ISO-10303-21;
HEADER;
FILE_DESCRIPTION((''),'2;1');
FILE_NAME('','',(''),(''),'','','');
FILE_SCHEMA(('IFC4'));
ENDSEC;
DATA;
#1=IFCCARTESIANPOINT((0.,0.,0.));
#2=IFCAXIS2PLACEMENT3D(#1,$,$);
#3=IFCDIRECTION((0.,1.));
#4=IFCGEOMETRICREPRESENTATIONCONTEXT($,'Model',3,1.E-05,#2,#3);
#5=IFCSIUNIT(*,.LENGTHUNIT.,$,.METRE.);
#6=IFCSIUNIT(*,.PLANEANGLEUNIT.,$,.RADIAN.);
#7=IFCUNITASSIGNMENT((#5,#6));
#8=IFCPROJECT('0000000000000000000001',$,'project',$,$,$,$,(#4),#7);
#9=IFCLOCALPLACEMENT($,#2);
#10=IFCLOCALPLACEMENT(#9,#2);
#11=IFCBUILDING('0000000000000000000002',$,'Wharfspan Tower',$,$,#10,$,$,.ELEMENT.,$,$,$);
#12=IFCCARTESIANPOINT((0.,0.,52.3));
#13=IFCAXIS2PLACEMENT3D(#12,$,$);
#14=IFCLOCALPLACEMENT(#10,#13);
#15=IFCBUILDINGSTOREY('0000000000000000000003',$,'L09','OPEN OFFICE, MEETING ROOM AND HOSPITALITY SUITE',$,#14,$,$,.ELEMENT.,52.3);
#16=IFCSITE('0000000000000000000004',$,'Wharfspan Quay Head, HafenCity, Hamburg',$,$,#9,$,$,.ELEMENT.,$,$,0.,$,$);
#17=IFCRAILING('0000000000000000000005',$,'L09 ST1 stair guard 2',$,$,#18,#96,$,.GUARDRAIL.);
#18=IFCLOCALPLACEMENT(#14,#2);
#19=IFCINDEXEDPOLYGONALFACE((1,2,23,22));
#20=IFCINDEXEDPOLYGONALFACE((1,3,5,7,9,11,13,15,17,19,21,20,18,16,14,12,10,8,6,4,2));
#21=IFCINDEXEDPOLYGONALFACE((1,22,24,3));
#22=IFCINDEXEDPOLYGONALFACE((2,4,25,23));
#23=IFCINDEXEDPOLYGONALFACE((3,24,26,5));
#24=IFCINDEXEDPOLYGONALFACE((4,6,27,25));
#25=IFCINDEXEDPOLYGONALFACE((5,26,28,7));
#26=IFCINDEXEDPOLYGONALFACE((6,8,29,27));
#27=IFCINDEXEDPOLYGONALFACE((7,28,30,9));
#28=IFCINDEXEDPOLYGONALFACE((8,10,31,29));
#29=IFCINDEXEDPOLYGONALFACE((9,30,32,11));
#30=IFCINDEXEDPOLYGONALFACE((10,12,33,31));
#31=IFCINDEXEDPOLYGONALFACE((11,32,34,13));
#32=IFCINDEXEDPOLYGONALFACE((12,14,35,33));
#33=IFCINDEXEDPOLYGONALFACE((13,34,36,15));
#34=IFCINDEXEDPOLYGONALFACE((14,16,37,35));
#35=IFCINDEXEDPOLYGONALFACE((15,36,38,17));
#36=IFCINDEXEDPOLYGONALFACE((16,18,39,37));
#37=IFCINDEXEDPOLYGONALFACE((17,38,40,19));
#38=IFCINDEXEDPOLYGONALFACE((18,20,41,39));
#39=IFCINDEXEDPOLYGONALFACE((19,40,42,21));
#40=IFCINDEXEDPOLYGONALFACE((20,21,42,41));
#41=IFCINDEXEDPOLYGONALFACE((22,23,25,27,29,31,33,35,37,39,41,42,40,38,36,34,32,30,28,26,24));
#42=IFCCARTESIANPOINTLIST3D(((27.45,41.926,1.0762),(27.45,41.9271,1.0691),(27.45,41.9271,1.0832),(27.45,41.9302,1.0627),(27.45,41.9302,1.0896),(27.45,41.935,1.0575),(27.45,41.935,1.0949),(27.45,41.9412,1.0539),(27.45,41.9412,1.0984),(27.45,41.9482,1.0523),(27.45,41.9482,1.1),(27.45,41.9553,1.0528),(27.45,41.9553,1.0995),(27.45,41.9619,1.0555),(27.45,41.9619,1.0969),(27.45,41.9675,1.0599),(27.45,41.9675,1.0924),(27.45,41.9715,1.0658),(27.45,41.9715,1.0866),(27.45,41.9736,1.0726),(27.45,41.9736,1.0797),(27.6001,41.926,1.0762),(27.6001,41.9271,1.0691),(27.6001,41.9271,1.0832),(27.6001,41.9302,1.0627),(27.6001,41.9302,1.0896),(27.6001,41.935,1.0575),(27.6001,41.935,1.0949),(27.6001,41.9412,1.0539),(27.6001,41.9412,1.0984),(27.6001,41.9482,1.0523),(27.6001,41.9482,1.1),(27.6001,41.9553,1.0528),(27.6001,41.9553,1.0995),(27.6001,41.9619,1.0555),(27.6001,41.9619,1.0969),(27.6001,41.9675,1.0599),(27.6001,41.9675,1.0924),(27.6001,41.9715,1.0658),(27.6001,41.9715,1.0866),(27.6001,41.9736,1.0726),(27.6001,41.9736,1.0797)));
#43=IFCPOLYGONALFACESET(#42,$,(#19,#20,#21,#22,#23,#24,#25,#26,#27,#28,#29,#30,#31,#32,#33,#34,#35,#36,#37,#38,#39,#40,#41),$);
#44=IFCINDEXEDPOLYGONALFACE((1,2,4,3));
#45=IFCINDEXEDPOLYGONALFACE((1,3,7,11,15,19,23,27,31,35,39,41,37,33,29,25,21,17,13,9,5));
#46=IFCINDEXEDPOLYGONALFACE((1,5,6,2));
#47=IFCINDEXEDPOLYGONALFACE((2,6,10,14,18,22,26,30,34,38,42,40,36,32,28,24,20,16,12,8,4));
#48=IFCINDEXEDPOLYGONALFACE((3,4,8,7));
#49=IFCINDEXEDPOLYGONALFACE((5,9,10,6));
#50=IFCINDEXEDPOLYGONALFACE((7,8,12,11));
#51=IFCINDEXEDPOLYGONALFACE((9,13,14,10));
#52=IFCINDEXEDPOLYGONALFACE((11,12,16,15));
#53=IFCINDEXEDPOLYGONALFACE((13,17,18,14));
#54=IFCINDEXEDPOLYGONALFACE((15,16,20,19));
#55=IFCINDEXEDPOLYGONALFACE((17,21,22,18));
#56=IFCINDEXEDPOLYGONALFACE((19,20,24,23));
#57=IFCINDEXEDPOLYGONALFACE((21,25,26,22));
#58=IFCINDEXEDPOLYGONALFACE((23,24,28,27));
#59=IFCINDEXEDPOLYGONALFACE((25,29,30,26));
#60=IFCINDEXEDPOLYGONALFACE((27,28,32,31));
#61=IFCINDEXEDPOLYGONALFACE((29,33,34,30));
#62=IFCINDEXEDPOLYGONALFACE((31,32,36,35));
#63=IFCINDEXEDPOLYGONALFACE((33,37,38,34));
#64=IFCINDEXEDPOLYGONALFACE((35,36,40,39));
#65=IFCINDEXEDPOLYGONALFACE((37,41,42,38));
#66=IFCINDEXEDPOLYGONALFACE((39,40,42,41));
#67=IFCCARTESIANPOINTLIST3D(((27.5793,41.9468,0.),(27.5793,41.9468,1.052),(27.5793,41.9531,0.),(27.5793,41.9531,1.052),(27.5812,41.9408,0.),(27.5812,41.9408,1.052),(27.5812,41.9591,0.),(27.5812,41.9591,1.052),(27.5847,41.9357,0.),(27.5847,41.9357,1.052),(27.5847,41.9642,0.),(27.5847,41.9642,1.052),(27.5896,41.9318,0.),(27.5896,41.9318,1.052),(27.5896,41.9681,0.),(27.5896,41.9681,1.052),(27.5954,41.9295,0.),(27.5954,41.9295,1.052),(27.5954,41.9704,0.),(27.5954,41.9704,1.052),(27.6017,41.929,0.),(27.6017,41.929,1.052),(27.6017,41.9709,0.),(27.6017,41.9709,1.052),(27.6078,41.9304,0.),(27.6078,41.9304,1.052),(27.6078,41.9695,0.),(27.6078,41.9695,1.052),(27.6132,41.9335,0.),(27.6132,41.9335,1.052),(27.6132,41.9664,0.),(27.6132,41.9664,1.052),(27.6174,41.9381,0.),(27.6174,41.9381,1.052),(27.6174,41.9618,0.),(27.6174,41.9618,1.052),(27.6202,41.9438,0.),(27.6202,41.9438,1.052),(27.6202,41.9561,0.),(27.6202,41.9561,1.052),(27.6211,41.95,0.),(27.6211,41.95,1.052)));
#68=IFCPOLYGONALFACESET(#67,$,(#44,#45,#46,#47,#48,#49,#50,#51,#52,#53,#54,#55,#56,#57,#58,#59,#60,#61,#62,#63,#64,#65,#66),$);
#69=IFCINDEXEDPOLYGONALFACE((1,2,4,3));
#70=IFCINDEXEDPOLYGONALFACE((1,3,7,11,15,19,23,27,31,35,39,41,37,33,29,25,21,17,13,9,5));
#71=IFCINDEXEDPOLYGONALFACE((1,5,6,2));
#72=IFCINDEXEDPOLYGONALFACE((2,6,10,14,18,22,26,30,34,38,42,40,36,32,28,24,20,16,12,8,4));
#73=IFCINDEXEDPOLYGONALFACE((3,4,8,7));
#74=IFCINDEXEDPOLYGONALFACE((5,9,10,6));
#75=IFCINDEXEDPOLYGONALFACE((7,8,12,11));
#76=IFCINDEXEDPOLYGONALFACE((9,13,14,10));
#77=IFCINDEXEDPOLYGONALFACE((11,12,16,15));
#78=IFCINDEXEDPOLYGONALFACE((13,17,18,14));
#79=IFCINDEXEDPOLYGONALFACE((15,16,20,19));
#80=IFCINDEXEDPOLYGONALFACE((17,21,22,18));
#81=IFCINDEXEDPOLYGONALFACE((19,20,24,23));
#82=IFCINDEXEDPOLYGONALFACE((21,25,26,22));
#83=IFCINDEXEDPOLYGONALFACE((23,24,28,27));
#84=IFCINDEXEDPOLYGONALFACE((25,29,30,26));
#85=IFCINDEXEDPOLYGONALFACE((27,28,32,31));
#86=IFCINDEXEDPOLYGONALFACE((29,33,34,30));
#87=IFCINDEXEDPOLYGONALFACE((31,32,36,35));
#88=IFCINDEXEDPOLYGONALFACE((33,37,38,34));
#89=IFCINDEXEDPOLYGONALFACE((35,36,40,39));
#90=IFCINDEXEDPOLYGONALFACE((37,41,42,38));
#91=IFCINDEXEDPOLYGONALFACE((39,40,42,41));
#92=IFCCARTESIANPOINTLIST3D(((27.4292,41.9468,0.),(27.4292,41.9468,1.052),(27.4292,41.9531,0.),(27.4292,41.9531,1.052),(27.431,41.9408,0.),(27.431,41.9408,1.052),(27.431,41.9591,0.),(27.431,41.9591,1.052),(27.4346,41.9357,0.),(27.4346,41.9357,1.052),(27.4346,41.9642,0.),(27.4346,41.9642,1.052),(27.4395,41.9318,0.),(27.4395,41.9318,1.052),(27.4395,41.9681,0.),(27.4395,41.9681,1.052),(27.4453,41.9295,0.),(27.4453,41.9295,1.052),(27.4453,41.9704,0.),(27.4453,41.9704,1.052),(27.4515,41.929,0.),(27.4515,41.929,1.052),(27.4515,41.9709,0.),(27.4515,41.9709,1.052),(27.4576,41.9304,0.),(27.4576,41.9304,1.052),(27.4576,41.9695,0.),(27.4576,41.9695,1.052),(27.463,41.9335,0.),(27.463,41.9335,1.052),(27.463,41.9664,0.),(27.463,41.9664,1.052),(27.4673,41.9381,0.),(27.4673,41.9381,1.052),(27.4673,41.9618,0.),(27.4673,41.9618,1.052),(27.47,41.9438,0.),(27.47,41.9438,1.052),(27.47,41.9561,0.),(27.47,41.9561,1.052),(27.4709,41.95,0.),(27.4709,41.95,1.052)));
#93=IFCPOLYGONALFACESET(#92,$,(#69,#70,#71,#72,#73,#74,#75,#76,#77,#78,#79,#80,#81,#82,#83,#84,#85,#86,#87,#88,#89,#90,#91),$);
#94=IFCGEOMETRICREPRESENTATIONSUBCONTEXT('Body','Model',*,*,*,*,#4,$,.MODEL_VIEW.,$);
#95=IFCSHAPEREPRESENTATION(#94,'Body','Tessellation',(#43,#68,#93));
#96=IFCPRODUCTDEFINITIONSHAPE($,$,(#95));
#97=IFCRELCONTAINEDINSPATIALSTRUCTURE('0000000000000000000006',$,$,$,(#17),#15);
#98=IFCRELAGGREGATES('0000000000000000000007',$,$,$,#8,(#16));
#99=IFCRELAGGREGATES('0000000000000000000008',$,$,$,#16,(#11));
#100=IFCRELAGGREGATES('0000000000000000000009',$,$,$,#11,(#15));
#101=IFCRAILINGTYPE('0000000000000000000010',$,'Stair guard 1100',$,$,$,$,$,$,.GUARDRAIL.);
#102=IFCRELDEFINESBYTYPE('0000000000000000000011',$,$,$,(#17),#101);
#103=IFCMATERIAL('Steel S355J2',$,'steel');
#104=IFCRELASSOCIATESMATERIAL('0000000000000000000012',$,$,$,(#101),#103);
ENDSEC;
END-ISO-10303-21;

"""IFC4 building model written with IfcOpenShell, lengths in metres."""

from ifc_helpers import new_model, si_unit, direction, frame, origin, origin_2d, place, context, subcontext, project, spatial, circle, extrude, material, type_object, element, save


model = new_model("IFC4")

# Units and contexts
model_context = context("Model", 3, precision=1e-05, world=origin(), true_north=direction((0.0, 1.0)))
body_context = subcontext(model_context, "Body", "Model", "MODEL_VIEW")
ifc_project = project(units=[si_unit("LENGTHUNIT", "METRE"), si_unit("PLANEANGLEUNIT", "RADIAN")], contexts=[model_context])

# Site, building, storey
site_placement = place(None, origin())
site = spatial("IfcSite", under=ifc_project, at=site_placement, Name="Wharfspan Quay Head, HafenCity, Hamburg", CompositionType="ELEMENT", RefElevation=0.0)
building_placement = place(site_placement, origin())
building = spatial("IfcBuilding", under=site, at=building_placement, Name="Wharfspan Tower", CompositionType="ELEMENT")
storey_placement = place(building_placement, frame((0.0, 0.0, 52.3)))
storey = spatial("IfcBuildingStorey", under=building, at=storey_placement, Name="L09", Description="OPEN OFFICE, MEETING ROOM AND HOSPITALITY SUITE", CompositionType="ELEMENT", Elevation=52.3)

# Shared definitions
ifc_material_1 = material(Name="Steel S355J2", Category="steel")

# Railing
railing_type_1 = type_object("IfcRailingType", Name="Stair guard 1100", PredefinedType="GUARDRAIL", material=ifc_material_1)
railing_1_placement = place(storey_placement, frame((27.6001, 41.95, 0.0)))
element("IfcRailing", 1, at=railing_1_placement, inside=storey, type_object=railing_type_1, Name="L09 ST1 stair guard 2", PredefinedType="GUARDRAIL", context=body_context, shape_type="SweptSolid", body=[
    extrude(circle(Radius=0.0239, at=origin_2d()), frame((0.0, 0.0, 1.0762), z_axis=(-1.0, 0.0, 0.0), x_axis=(0.0, -1.0, 0.0)), (0.0, 0.0, 1.0), 0.1501),
    extrude(circle(Radius=0.021, at=origin_2d()), origin(), (0.0, 0.0, 1.0), 1.052),
    extrude(circle(Radius=0.021, at=origin_2d()), frame((-0.1501, 0.0, 0.0)), (0.0, 0.0, 1.0), 1.052),
])

save(model, "model.ifc")
